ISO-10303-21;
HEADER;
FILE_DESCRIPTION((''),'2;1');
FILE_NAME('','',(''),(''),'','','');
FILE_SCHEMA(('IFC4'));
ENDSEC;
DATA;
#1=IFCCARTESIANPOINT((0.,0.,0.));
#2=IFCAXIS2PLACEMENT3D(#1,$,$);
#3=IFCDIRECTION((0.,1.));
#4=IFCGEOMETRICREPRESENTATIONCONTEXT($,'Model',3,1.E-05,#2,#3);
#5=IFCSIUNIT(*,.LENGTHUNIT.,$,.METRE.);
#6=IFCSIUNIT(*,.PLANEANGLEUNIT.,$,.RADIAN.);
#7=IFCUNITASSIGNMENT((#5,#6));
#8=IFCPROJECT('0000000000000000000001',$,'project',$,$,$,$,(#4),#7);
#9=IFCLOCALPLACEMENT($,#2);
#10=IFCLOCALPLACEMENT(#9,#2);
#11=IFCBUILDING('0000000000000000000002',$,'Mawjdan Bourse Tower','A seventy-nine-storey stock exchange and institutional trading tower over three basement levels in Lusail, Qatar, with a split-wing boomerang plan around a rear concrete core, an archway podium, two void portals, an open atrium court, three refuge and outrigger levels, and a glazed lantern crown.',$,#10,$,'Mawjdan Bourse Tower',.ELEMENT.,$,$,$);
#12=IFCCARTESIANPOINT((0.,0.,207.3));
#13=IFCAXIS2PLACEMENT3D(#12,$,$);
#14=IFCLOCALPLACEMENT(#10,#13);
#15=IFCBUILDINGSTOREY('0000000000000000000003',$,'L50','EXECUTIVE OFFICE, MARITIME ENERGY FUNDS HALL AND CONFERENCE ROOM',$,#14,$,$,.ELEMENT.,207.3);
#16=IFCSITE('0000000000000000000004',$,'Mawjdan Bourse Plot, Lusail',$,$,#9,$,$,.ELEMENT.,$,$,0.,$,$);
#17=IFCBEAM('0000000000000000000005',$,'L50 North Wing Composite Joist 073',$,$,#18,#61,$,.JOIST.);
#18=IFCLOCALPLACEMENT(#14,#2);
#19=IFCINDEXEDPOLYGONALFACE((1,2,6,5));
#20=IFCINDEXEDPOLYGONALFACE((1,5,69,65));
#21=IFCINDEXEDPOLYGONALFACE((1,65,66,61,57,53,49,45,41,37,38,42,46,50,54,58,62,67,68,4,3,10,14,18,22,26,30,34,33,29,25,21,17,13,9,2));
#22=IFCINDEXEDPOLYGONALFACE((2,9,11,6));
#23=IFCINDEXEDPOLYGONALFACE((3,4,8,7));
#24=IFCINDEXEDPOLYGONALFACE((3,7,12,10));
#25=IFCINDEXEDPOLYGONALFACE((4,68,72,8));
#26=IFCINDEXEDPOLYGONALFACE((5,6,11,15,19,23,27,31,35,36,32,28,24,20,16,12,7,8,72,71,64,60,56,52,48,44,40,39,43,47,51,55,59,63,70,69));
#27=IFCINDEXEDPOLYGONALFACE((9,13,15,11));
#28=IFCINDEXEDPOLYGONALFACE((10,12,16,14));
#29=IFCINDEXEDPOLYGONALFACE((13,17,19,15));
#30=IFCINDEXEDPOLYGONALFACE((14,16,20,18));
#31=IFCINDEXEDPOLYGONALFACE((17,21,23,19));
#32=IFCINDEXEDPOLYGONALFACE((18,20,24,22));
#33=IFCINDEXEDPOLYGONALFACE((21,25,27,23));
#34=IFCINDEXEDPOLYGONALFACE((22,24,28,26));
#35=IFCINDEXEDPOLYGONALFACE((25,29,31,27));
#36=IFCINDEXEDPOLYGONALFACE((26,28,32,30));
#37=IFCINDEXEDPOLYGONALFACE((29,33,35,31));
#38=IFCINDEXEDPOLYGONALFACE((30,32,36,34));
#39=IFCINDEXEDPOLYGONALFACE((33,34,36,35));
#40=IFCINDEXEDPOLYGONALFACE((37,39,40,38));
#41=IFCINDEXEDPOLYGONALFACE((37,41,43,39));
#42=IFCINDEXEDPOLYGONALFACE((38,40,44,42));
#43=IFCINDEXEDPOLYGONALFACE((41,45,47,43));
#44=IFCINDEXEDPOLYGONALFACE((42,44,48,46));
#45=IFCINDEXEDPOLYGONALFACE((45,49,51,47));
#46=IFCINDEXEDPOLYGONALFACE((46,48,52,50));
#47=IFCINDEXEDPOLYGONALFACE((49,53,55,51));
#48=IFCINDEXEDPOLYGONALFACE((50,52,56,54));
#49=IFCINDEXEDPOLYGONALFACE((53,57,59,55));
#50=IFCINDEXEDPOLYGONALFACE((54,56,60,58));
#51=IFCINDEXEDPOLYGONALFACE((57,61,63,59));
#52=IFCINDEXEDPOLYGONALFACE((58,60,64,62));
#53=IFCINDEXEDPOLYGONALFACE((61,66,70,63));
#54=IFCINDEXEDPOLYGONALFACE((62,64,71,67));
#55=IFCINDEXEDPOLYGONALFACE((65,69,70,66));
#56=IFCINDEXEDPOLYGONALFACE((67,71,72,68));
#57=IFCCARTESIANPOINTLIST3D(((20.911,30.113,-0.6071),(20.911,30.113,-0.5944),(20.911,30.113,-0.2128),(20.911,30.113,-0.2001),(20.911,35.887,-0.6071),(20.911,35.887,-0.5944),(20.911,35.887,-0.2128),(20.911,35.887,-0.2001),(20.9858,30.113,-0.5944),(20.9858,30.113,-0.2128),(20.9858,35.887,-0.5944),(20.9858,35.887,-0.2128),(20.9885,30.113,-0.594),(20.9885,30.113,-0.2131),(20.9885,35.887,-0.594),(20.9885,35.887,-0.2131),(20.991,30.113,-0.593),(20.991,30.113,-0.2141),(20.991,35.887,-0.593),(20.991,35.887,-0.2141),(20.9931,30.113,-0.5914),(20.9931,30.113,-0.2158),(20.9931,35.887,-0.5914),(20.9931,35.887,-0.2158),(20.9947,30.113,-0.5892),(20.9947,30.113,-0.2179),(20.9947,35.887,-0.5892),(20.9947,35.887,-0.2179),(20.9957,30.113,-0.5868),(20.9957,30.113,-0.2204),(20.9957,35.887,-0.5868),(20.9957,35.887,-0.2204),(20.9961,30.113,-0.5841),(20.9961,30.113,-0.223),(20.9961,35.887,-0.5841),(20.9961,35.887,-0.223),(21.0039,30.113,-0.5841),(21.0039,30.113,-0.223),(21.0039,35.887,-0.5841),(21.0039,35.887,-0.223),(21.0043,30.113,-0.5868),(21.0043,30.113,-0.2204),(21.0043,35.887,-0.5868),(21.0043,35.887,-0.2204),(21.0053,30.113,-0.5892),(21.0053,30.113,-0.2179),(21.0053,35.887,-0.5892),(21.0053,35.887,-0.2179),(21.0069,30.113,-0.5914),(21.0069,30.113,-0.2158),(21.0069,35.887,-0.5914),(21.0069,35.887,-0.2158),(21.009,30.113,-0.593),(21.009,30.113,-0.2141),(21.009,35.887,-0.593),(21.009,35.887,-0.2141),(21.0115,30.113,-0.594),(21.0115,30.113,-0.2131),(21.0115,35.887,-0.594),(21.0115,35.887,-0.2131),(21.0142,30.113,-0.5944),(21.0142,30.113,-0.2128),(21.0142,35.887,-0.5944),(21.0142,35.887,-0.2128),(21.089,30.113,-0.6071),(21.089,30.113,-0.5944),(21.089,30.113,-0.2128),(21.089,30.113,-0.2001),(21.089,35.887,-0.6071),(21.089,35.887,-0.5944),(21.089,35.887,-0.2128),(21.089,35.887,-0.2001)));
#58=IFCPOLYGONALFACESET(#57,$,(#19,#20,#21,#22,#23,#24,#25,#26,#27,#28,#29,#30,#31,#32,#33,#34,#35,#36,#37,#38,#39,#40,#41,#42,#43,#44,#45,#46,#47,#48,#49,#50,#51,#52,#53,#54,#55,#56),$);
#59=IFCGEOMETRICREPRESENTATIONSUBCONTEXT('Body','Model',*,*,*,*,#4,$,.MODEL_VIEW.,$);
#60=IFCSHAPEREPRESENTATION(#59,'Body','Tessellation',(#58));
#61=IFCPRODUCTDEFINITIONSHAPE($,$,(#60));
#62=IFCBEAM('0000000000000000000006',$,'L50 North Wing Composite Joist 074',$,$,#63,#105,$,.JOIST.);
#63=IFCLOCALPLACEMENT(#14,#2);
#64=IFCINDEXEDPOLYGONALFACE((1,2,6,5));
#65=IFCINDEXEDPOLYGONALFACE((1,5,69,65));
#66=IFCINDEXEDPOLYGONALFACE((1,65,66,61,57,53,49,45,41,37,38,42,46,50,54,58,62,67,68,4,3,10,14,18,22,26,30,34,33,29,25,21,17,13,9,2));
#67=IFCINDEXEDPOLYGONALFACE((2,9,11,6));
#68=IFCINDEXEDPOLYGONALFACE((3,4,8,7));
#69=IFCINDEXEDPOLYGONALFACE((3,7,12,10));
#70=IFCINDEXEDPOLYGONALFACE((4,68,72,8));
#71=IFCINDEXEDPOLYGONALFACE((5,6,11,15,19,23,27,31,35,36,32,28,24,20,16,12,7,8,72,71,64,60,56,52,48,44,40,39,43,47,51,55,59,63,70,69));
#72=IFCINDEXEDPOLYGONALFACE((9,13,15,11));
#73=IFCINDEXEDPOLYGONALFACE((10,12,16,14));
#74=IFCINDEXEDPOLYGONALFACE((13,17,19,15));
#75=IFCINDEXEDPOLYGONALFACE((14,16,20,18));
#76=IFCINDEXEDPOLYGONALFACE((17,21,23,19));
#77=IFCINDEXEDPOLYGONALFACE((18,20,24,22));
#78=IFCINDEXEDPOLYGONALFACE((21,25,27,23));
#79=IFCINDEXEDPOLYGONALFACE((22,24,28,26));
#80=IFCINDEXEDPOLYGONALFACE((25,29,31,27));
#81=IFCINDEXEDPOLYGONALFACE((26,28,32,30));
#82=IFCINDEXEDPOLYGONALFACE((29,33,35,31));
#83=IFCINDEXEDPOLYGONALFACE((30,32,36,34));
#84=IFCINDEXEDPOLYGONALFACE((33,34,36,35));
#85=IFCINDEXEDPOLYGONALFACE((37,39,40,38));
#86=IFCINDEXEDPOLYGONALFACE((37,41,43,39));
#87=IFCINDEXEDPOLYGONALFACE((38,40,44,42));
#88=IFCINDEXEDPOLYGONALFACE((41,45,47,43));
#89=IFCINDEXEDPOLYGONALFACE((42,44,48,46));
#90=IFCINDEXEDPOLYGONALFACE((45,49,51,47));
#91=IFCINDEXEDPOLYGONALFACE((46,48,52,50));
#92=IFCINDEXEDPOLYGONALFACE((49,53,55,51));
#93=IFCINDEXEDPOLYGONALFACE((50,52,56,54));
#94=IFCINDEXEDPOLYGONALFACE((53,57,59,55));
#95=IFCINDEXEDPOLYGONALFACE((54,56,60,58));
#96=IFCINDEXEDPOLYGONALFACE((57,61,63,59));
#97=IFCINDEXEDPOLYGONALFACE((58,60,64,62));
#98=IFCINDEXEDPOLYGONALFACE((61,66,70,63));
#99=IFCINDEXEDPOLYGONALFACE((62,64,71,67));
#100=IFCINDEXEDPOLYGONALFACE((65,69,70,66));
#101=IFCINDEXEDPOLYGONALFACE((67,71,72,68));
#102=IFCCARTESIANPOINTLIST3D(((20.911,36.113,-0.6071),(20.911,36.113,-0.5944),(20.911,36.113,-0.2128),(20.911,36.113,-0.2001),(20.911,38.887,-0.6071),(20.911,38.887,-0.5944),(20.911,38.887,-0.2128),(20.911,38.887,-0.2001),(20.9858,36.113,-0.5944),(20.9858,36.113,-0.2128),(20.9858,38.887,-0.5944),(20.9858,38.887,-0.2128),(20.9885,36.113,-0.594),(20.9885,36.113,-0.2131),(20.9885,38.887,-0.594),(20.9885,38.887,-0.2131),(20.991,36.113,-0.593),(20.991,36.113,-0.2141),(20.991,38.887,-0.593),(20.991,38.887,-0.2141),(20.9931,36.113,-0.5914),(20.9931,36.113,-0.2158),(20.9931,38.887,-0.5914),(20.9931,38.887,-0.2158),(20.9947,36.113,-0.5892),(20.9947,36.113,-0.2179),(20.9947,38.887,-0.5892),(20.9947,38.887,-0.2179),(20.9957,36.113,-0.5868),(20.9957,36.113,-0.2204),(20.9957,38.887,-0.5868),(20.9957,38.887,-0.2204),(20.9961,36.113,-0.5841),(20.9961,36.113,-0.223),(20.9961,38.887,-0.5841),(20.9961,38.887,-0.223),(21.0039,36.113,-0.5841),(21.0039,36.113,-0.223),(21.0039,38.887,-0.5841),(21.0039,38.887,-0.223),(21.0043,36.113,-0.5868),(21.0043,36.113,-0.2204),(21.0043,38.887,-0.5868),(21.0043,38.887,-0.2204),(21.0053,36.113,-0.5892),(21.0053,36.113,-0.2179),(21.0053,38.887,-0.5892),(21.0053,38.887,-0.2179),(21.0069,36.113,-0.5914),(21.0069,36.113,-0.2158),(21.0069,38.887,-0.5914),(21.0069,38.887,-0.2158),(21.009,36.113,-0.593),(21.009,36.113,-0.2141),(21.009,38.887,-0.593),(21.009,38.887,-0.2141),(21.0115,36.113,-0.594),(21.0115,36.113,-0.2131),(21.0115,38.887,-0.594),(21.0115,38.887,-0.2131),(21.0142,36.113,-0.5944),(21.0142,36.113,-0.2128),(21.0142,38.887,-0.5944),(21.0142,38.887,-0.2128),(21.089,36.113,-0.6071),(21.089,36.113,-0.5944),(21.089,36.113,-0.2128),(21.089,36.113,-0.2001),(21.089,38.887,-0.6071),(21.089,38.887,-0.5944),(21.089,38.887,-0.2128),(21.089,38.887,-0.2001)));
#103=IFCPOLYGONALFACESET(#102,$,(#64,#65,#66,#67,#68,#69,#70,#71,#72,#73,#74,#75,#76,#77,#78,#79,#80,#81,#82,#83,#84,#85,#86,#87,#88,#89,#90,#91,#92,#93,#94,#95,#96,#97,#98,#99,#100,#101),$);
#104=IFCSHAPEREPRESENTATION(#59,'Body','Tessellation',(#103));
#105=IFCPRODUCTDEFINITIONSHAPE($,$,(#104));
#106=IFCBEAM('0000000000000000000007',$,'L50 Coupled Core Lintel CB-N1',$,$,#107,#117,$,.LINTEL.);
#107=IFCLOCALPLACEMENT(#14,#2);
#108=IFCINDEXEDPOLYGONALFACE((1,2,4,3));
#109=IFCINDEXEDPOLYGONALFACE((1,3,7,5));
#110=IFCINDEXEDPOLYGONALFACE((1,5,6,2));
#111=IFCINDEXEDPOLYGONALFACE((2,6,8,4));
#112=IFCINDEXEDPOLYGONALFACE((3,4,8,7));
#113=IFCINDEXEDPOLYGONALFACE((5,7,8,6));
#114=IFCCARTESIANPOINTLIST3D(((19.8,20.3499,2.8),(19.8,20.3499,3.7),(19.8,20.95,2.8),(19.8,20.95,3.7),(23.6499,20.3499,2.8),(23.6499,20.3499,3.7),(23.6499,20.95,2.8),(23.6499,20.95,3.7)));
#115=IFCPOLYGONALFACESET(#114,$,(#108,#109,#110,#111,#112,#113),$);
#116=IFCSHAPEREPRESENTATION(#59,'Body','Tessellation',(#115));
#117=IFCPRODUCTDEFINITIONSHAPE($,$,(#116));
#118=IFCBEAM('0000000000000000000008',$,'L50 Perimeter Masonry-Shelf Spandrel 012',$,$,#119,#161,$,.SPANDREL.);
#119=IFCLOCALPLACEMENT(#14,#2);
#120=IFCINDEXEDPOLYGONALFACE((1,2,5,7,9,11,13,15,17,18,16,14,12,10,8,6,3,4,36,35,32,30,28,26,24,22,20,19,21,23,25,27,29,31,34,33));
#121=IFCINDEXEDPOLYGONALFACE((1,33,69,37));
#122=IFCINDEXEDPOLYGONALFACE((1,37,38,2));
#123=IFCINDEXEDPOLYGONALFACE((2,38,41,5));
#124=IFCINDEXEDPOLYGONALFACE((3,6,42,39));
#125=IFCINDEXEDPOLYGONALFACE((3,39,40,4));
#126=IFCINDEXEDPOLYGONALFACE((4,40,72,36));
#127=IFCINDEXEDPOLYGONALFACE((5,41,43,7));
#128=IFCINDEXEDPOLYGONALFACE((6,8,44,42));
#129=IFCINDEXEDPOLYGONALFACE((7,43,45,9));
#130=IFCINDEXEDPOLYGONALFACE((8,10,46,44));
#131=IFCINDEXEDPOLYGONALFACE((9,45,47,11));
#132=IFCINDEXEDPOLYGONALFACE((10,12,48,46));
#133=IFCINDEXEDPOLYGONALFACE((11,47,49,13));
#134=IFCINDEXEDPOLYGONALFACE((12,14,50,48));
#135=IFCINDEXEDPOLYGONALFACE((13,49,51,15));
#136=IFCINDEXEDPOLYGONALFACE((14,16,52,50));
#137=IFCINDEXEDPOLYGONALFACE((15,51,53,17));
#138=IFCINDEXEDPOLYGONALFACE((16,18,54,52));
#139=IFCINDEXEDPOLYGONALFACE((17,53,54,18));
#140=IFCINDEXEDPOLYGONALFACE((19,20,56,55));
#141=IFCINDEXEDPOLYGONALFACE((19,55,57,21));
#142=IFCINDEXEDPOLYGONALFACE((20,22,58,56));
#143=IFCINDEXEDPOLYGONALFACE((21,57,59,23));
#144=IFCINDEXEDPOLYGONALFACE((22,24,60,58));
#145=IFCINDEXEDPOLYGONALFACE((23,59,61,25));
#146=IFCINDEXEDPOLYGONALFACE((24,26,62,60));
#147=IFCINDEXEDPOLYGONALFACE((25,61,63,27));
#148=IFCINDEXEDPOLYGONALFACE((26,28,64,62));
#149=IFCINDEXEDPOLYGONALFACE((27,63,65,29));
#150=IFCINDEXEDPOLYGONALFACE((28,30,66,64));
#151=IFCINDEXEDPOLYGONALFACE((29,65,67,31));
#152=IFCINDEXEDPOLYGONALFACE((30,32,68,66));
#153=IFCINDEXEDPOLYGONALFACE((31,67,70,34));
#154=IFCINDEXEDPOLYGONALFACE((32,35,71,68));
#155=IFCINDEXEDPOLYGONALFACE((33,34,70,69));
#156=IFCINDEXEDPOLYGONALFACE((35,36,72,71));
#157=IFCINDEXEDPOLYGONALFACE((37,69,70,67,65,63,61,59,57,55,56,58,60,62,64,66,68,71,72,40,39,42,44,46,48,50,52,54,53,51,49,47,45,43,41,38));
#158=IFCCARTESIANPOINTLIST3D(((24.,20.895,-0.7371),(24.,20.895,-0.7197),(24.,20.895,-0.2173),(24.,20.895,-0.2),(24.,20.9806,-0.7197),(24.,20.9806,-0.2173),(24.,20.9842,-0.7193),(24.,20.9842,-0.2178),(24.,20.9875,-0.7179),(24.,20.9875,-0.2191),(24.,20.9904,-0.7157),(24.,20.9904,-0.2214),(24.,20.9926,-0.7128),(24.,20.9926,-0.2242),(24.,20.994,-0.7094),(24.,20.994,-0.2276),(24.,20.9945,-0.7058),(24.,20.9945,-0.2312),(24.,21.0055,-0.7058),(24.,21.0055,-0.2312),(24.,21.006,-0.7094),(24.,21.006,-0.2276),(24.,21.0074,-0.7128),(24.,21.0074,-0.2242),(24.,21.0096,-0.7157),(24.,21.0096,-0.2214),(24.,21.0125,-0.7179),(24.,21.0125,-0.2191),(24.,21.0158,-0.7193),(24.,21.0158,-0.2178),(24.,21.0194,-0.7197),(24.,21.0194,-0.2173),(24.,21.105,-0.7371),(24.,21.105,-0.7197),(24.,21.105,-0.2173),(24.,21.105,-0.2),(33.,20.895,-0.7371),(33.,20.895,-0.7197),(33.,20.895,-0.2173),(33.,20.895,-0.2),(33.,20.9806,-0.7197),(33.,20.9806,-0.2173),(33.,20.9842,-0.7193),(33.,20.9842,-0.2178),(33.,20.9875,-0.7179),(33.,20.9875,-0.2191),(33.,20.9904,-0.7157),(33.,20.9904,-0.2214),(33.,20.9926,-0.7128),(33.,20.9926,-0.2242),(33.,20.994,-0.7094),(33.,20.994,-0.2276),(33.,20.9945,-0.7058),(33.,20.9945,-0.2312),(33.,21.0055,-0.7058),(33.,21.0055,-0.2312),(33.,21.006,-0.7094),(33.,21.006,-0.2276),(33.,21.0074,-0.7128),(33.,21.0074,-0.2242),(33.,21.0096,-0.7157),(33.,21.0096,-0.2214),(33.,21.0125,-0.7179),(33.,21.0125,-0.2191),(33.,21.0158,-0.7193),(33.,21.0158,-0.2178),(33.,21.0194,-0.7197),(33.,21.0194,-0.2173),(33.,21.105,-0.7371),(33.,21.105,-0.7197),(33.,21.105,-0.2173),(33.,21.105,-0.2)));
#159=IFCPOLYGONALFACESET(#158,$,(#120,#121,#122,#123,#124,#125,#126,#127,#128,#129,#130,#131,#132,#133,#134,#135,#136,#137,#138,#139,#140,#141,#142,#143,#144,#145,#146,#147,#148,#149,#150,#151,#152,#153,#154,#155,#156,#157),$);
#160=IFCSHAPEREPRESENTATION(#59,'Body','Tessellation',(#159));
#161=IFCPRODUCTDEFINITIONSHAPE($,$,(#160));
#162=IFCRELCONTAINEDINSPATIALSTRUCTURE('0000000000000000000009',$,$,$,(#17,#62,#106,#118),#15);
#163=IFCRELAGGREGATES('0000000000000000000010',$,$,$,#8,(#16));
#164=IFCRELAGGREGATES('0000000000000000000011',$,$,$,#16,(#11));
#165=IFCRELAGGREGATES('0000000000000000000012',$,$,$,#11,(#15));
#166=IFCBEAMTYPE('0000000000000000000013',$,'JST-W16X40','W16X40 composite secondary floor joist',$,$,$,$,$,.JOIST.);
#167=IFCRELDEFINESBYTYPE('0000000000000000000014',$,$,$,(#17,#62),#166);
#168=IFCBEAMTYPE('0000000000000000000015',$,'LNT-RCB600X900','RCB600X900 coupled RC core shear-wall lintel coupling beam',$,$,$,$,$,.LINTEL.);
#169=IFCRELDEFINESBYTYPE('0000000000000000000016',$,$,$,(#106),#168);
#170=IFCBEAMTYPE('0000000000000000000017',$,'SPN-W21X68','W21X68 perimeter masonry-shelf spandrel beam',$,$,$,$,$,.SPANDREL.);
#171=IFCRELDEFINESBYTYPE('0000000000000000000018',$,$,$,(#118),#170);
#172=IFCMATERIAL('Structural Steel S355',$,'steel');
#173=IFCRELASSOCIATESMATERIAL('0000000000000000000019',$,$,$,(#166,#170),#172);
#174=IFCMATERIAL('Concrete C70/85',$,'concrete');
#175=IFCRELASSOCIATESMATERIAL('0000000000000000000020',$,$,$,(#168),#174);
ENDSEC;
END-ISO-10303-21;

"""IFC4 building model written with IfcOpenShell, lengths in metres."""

from ifc_helpers import new_model, si_unit, direction, frame, origin, origin_2d, place, context, subcontext, project, spatial, rectangle, i_section, extrude, material, material_profile, profile_set, type_object, element, save


model = new_model("IFC4")

# Units and contexts
model_context = context("Model", 3, precision=1e-05, world=origin(), true_north=direction((0.0, 1.0)))
body_context = subcontext(model_context, "Body", "Model", "MODEL_VIEW")
ifc_project = project(units=[si_unit("LENGTHUNIT", "METRE"), si_unit("PLANEANGLEUNIT", "RADIAN")], contexts=[model_context])

# Site, building, storey
site_placement = place(None, origin())
site = spatial("IfcSite", under=ifc_project, at=site_placement, Name="Mawjdan Bourse Plot, Lusail", CompositionType="ELEMENT", RefElevation=0.0)
building_placement = place(site_placement, origin())
building = spatial("IfcBuilding", under=site, at=building_placement, Name="Mawjdan Bourse Tower", Description="A seventy-nine-storey stock exchange and institutional trading tower over three basement levels in Lusail, Qatar, with a split-wing boomerang plan around a rear concrete core, an archway podium, two void portals, an open atrium court, three refuge and outrigger levels, and a glazed lantern crown.", LongName="Mawjdan Bourse Tower", CompositionType="ELEMENT")
storey_placement = place(building_placement, frame((0.0, 0.0, 207.3)))
storey = spatial("IfcBuildingStorey", under=building, at=storey_placement, Name="L50", Description="EXECUTIVE OFFICE, MARITIME ENERGY FUNDS HALL AND CONFERENCE ROOM", CompositionType="ELEMENT", Elevation=207.3)

# Shared definitions
ifc_material_1 = material(Name="Concrete C70/85", Category="concrete")

# Beams
ifc_material_2 = material(Name="Structural Steel S355", Category="steel")
ifc_material_profile_1 = material_profile(ifc_material_2, i_section(OverallWidth=0.178, OverallDepth=0.407, WebThickness=0.0078, FlangeThickness=0.0127, FilletRadius=0.0103, at=origin_2d()), Name="W16X40")
ifc_profile_set_1 = profile_set([ifc_material_profile_1], Name="Structural Steel S355")
beam_type_1 = type_object("IfcBeamType", Name="JST-W16X40", Description="W16X40 composite secondary floor joist", PredefinedType="JOIST", material=ifc_profile_set_1)
for number, where, z_axis, x_axis, name in (
    (1, (21.0, 30.113, -0.4036), (0.0, 1.0, 0.0), (-1.0, 0.0, 0.0), "L50 North Wing Composite Joist 073"),
):
    element("IfcBeam", number, at=place(storey_placement, frame(where, z_axis=z_axis, x_axis=x_axis)), inside=storey, type_object=beam_type_1, Name=name, PredefinedType="JOIST", context=body_context, shape_type="SweptSolid", body=[
        extrude(i_section(OverallWidth=0.178, OverallDepth=0.407, WebThickness=0.0078, FlangeThickness=0.0127, FilletRadius=0.0103, at=origin_2d()), origin(), (0.0, 0.0, 1.0), 5.7739),
    ])
beam_1_placement = place(storey_placement, frame((21.0, 36.113, -0.4036), z_axis=(0.0, 1.0, 0.0), x_axis=(-1.0, 0.0, 0.0)))
element("IfcBeam", 2, at=beam_1_placement, inside=storey, type_object=beam_type_1, Name="L50 North Wing Composite Joist 074", PredefinedType="JOIST", context=body_context, shape_type="SweptSolid", body=[
    extrude(i_section(OverallWidth=0.178, OverallDepth=0.407, WebThickness=0.0078, FlangeThickness=0.0127, FilletRadius=0.0103, at=origin_2d()), origin(), (0.0, 0.0, 1.0), 2.7739),
])
ifc_material_profile_2 = material_profile(ifc_material_1, rectangle(XDim=0.6001, YDim=0.8999, at=origin_2d()), Name="RCB600X900")
ifc_profile_set_2 = profile_set([ifc_material_profile_2], Name="Concrete C70/85")
beam_type_2 = type_object("IfcBeamType", Name="LNT-RCB600X900", Description="RCB600X900 coupled RC core shear-wall lintel coupling beam", PredefinedType="LINTEL", material=ifc_profile_set_2)
beam_2_placement = place(storey_placement, frame((19.8, 20.6499, 3.25), z_axis=(1.0, 0.0, 0.0), x_axis=(0.0, 1.0, 0.0)))
element("IfcBeam", 3, at=beam_2_placement, inside=storey, type_object=beam_type_2, Name="L50 Coupled Core Lintel CB-N1", PredefinedType="LINTEL", context=body_context, shape_type="SweptSolid", body=[
    extrude(rectangle(XDim=0.6001, YDim=0.8999, at=origin_2d()), origin(), (0.0, 0.0, 1.0), 3.8499),
])
ifc_material_profile_3 = material_profile(ifc_material_2, i_section(OverallWidth=0.21, OverallDepth=0.5371, WebThickness=0.011, FlangeThickness=0.0173, FilletRadius=0.0139, at=origin_2d()), Name="W21X68")
ifc_profile_set_3 = profile_set([ifc_material_profile_3], Name="Structural Steel S355")
beam_type_3 = type_object("IfcBeamType", Name="SPN-W21X68", Description="W21X68 perimeter masonry-shelf spandrel beam", PredefinedType="SPANDREL", material=ifc_profile_set_3)
beam_3_placement = place(storey_placement, frame((24.0, 21.0, -0.4685), z_axis=(1.0, 0.0, 0.0), x_axis=(0.0, 1.0, 0.0)))
element("IfcBeam", 4, at=beam_3_placement, inside=storey, type_object=beam_type_3, Name="L50 Perimeter Masonry-Shelf Spandrel 012", PredefinedType="SPANDREL", context=body_context, shape_type="SweptSolid", body=[
    extrude(i_section(OverallWidth=0.21, OverallDepth=0.5371, WebThickness=0.011, FlangeThickness=0.0173, FilletRadius=0.0139, at=origin_2d()), origin(), (0.0, 0.0, 1.0), 9.0),
])

save(model, "model.ifc")
